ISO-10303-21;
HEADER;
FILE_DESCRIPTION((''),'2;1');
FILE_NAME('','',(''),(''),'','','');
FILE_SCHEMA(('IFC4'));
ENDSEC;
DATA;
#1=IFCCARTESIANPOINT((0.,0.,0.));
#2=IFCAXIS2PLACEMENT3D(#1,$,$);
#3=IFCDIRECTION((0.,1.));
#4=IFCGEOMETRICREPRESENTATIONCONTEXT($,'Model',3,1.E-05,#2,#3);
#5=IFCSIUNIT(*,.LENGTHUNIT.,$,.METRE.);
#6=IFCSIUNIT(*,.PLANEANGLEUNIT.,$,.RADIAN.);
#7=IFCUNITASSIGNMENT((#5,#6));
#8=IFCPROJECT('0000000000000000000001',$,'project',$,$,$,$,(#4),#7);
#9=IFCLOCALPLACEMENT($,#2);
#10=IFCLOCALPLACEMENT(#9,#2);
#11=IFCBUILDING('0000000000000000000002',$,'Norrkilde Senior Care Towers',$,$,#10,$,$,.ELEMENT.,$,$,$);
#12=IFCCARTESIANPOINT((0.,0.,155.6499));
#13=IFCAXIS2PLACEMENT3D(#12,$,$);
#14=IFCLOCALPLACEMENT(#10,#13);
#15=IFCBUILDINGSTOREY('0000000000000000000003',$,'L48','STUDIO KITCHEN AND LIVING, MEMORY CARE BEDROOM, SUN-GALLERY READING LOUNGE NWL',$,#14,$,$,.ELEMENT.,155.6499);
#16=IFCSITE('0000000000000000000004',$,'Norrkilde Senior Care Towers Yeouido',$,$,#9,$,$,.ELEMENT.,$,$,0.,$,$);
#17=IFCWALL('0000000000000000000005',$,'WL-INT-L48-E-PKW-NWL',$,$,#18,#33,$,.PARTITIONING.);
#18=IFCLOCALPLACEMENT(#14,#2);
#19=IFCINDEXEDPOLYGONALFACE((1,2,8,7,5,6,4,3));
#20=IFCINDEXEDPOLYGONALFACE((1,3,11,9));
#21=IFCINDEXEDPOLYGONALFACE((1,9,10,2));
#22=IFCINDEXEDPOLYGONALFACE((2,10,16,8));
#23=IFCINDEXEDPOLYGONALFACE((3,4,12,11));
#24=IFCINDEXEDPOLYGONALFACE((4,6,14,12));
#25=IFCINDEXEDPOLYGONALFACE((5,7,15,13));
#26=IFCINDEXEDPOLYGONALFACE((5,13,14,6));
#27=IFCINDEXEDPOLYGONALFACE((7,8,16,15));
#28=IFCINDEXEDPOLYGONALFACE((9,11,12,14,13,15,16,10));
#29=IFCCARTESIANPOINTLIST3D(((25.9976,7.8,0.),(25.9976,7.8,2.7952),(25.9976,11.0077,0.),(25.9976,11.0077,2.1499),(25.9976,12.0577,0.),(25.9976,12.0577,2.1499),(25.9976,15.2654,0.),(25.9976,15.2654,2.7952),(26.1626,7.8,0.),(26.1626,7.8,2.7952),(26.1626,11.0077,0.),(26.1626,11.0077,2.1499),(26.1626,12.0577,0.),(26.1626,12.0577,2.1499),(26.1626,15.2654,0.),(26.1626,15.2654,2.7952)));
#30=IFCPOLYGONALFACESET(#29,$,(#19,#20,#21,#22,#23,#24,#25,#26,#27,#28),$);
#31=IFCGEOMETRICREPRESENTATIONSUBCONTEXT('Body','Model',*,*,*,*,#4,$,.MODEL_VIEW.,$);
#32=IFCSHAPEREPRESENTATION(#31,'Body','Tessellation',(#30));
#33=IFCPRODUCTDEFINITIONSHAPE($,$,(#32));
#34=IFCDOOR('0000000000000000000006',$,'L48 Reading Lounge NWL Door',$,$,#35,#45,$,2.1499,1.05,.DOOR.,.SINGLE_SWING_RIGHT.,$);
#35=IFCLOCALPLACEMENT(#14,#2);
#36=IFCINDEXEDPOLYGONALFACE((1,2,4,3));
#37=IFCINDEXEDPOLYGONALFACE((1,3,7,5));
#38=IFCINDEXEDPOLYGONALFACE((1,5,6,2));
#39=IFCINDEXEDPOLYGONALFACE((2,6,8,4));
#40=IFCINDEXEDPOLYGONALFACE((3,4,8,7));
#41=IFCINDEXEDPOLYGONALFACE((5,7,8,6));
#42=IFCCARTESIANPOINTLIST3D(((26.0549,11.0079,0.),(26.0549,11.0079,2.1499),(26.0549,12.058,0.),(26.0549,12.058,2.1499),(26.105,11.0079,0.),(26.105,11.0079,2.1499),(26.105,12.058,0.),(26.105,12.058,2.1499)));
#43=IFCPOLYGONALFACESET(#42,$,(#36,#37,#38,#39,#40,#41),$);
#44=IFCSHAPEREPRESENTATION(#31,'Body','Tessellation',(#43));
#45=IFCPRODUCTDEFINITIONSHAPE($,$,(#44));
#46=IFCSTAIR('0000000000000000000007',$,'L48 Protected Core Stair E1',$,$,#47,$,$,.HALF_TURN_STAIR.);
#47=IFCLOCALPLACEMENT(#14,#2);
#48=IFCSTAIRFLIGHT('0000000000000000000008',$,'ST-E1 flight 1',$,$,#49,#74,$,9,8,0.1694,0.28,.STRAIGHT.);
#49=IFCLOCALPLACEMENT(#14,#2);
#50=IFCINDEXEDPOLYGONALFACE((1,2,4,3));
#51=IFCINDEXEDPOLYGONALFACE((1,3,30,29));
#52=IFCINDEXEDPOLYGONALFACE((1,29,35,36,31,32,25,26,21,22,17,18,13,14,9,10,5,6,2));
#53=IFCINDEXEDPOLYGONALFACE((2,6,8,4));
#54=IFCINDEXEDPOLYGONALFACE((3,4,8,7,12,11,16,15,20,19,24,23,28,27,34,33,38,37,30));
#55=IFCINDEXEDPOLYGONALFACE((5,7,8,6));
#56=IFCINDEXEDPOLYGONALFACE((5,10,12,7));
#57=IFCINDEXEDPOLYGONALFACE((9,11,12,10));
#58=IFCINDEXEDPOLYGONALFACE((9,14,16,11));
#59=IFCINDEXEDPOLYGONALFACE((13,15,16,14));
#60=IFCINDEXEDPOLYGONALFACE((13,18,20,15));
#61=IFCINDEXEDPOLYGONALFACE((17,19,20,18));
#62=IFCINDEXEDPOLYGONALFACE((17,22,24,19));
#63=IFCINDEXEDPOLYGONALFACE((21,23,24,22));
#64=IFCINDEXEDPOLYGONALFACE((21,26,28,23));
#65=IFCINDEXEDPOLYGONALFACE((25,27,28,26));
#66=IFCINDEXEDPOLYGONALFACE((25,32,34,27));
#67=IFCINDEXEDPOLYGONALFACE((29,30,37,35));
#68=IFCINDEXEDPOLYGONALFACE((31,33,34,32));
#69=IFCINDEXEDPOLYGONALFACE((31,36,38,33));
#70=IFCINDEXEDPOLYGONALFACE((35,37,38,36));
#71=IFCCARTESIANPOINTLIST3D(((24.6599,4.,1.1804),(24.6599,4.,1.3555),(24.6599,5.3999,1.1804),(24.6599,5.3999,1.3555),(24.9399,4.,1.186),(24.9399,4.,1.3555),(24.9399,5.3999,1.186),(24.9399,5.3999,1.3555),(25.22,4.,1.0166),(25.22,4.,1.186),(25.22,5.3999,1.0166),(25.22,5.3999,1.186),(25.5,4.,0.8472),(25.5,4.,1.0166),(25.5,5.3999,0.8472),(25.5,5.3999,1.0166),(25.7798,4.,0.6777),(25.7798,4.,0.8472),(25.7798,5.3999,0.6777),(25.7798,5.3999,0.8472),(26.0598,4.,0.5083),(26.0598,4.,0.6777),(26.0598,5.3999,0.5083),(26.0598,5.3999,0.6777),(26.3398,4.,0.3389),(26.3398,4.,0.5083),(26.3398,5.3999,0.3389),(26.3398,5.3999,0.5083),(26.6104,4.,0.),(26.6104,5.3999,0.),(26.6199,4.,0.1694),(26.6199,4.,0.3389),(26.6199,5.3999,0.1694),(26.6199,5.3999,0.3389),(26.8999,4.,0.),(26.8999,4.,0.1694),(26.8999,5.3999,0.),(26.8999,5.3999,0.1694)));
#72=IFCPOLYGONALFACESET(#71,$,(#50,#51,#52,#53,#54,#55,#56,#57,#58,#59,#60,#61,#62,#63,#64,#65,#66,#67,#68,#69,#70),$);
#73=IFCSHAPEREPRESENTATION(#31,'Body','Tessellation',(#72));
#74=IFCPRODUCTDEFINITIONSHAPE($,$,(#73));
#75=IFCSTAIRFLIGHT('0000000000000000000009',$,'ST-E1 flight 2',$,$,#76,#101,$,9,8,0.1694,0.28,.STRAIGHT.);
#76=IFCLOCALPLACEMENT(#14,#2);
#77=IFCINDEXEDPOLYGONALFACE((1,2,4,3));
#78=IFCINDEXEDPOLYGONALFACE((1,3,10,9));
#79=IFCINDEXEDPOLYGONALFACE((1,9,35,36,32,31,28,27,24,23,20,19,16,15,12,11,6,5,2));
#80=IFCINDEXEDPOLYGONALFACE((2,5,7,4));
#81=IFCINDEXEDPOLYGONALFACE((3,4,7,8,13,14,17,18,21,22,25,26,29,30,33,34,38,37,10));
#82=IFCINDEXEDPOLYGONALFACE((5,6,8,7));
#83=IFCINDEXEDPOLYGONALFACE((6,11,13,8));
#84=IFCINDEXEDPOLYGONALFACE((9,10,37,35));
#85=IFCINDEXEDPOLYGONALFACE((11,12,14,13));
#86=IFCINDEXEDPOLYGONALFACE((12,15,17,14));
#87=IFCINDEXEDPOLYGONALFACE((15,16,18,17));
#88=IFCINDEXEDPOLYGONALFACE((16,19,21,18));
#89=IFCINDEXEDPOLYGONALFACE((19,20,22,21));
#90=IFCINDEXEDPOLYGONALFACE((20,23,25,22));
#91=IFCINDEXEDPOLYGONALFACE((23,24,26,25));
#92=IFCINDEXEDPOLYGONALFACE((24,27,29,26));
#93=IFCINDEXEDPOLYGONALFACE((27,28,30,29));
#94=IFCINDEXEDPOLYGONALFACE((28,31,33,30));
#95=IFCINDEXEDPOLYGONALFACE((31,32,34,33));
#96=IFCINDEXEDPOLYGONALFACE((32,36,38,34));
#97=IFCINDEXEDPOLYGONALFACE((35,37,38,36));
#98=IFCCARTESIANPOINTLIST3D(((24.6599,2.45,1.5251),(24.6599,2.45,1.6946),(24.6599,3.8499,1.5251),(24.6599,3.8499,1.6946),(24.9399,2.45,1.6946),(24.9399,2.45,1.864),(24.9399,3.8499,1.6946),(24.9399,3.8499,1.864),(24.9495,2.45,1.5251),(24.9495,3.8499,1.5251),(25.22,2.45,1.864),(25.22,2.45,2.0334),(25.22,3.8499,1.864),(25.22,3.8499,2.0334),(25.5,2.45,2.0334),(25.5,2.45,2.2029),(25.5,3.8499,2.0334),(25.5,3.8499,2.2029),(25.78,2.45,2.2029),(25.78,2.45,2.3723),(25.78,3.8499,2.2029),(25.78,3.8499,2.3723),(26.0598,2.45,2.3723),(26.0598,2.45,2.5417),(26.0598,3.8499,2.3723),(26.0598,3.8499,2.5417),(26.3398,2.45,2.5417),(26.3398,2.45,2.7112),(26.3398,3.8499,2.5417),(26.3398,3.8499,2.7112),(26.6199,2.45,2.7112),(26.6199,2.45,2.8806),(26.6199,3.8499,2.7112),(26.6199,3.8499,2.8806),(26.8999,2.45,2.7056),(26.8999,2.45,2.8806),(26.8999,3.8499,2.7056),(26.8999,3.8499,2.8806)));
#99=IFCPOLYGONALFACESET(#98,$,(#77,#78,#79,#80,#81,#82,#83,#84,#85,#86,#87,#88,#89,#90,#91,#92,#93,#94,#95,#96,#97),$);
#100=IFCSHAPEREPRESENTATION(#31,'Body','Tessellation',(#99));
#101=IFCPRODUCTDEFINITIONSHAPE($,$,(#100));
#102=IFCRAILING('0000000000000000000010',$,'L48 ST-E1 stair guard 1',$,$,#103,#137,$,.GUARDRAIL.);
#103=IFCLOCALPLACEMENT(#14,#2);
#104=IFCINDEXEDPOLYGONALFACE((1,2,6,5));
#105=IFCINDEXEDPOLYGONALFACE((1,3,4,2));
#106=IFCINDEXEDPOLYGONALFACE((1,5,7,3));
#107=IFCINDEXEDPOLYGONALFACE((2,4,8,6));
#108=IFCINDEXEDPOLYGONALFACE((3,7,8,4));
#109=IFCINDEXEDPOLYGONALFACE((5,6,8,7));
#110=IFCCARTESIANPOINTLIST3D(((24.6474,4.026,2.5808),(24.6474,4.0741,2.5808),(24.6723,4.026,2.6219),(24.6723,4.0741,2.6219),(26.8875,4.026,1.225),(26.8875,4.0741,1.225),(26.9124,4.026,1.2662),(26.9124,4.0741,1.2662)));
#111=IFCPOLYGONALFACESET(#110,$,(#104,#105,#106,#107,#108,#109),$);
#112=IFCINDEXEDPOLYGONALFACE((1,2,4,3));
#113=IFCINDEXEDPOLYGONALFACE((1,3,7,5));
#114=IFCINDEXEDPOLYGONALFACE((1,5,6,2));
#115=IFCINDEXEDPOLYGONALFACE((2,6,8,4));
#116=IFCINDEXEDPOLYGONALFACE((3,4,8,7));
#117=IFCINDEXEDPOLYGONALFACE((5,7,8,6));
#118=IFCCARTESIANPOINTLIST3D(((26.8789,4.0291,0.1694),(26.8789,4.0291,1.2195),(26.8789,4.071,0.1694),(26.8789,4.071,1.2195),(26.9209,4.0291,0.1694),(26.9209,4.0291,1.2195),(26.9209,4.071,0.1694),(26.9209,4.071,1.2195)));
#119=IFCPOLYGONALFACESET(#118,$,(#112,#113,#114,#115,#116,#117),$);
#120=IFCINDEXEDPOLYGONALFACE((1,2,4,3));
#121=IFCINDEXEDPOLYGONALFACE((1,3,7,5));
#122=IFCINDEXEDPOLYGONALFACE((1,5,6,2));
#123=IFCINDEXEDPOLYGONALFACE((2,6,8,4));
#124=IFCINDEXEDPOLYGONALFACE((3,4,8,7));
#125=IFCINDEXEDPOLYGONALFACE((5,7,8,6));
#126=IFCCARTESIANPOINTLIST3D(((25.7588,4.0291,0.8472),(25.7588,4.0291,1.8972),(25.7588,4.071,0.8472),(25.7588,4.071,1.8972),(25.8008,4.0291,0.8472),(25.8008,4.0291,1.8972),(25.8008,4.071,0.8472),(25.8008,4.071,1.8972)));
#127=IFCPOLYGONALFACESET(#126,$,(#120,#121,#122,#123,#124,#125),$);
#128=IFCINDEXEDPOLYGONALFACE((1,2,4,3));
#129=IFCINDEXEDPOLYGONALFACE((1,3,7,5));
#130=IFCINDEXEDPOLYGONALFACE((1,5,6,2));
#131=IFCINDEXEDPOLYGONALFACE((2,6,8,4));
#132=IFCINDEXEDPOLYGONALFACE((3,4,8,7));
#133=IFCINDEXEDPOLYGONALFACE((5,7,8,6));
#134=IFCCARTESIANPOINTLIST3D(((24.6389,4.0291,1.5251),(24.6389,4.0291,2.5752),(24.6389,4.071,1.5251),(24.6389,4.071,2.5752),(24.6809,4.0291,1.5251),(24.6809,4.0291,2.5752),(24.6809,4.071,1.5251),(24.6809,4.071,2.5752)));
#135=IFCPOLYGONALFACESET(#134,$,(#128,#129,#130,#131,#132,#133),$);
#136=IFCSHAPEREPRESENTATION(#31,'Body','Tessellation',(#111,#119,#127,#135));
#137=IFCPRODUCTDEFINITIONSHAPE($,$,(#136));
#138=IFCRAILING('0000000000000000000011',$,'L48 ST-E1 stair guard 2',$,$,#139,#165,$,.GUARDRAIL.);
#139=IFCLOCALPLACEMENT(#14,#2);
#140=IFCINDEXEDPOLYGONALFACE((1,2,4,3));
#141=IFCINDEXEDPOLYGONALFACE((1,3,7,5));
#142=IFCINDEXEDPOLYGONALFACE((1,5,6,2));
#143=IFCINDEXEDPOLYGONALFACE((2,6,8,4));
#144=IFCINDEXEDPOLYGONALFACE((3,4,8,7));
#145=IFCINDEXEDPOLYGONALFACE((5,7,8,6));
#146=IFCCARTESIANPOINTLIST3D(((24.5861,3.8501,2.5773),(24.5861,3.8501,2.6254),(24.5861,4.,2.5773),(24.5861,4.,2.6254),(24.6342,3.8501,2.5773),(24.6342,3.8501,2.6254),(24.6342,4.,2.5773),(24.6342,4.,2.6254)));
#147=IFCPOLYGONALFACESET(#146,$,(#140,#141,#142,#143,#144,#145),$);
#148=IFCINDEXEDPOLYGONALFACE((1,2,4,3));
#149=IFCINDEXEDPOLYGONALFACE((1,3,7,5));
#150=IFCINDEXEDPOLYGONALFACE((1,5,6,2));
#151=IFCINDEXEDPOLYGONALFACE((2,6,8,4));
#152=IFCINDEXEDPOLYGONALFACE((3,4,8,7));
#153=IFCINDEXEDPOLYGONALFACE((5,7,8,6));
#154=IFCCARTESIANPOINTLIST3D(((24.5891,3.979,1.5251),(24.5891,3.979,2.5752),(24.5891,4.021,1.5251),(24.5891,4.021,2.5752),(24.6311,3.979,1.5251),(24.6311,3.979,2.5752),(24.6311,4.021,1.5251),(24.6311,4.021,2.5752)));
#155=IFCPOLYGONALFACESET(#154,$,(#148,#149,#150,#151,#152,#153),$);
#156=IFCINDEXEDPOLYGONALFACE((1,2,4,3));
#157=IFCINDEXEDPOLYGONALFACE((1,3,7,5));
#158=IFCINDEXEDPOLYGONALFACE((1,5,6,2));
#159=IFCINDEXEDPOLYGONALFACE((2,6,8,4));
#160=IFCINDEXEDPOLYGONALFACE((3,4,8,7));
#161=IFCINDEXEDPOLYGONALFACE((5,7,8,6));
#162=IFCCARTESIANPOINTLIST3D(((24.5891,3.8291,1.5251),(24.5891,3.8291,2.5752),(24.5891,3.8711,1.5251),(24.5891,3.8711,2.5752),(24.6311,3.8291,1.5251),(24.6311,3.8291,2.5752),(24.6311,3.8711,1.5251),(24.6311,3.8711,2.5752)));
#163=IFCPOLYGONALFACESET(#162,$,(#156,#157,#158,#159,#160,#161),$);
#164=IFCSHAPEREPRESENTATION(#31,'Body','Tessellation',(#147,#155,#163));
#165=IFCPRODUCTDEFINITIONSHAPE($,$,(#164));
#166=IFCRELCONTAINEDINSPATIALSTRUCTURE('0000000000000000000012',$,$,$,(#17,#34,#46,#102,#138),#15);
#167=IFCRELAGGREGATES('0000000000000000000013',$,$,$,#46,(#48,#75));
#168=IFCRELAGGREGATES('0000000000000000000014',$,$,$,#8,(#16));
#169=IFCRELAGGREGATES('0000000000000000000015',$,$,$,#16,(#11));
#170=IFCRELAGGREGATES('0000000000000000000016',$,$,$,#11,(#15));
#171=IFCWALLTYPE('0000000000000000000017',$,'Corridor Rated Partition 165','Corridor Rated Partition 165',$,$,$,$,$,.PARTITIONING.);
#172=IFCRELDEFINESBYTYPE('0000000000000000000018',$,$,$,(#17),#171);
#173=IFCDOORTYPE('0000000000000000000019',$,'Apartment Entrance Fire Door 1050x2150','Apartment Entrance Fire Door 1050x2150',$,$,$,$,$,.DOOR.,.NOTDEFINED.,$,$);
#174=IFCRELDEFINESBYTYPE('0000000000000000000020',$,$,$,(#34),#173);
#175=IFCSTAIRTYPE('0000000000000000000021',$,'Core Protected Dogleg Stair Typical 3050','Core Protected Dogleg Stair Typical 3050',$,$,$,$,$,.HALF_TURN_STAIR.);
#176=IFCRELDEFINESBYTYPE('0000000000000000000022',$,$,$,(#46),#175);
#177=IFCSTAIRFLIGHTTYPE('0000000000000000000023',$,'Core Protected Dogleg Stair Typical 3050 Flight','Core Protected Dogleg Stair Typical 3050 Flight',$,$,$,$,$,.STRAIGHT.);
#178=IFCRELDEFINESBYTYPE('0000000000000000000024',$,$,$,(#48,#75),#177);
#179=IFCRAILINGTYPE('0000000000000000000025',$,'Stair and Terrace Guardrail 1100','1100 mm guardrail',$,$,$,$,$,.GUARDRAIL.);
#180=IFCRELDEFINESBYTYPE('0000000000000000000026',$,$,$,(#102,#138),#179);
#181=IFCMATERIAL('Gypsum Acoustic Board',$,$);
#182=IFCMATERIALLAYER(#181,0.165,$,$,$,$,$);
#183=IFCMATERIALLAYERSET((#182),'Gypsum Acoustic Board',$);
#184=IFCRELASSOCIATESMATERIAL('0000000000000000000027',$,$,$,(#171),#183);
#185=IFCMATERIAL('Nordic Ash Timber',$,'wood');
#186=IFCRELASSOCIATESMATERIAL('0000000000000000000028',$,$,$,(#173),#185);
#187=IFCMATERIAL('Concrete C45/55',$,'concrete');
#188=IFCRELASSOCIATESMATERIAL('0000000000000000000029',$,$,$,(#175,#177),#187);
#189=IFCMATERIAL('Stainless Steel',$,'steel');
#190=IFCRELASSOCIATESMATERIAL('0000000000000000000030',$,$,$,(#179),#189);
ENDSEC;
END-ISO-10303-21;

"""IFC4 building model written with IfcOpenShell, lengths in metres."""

from ifc_helpers import new_model, si_unit, direction, frame, frame_2d, origin, origin_2d, place, context, subcontext, project, spatial, polyline, rectangle, outline, extrude, source, transform, mapped, material, layer, layer_set, type_object, type_shapes, element, fill, aggregate, save


model = new_model("IFC4")

# Units and contexts
model_context = context("Model", 3, precision=1e-05, world=origin(), true_north=direction((0.0, 1.0)))
body_context = subcontext(model_context, "Body", "Model", "MODEL_VIEW")
ifc_project = project(units=[si_unit("LENGTHUNIT", "METRE"), si_unit("PLANEANGLEUNIT", "RADIAN")], contexts=[model_context])

# Site, building, storey
site_placement = place(None, origin())
site = spatial("IfcSite", under=ifc_project, at=site_placement, Name="Norrkilde Senior Care Towers Yeouido", CompositionType="ELEMENT", RefElevation=0.0)
building_placement = place(site_placement, origin())
building = spatial("IfcBuilding", under=site, at=building_placement, Name="Norrkilde Senior Care Towers", CompositionType="ELEMENT")
storey_placement = place(building_placement, frame((0.0, 0.0, 155.6499)))
storey = spatial("IfcBuildingStorey", under=building, at=storey_placement, Name="L48", Description="STUDIO KITCHEN AND LIVING, MEMORY CARE BEDROOM, SUN-GALLERY READING LOUNGE NWL", CompositionType="ELEMENT", Elevation=155.6499)

# Shared definitions
ifc_material_1 = material(Name="Concrete C45/55", Category="concrete")
ifc_material_2 = material(Name="Gypsum Acoustic Board")
ifc_layer_1 = layer(ifc_material_2, 0.165)
ifc_layer_set_1 = layer_set([ifc_layer_1], Name="Gypsum Acoustic Board")
wall_type_1 = type_object("IfcWallType", Name="Corridor Rated Partition 165", Description="Corridor Rated Partition 165", PredefinedType="PARTITIONING", material=ifc_layer_set_1)

# Wall, opening, door
shared_shape_1 = source(origin(), body_context, "Body", "SweptSolid", [
    extrude(rectangle(XDim=7.4653, YDim=0.165, at=frame_2d((3.7327, 0.0))), origin(), (0.0, 0.0, 1.0), 2.7952),
])
wall_1_placement = place(storey_placement, frame((26.0801, 7.8, 0.0), z_axis=(0.0, 0.0, 1.0), x_axis=(0.0, 1.0, 0.0)))
wall_1 = element("IfcWall", 1, at=wall_1_placement, inside=storey, type_object=wall_type_1, Name="WL-INT-L48-E-PKW-NWL", PredefinedType="PARTITIONING", context=body_context, shape_type="MappedRepresentation", body=[
    mapped(shared_shape_1, transform((0.0, 0.0, 0.0), x_axis=(1.0, 0.0, 0.0), y_axis=(0.0, 1.0, 0.0), z_axis=(0.0, 0.0, 1.0), scale=1.0)),
])
opening_placement = place(wall_1_placement, frame((3.2078, 0.0, 0.0)))
opening = element("IfcOpeningElement", 2, at=opening_placement, cuts=wall_1, PredefinedType="OPENING", context=body_context, shape_type="SweptSolid", body=[
    extrude(rectangle(XDim=1.05, YDim=2.1499, at=frame_2d((0.5249, 1.075))), frame((0.0, 0.0925, 0.0), z_axis=(0.0, -1.0, 0.0), x_axis=(1.0, 0.0, 0.0)), (0.0, 0.0, 1.0), 0.1851),
])
ifc_material_3 = material(Name="Nordic Ash Timber", Category="wood")
door_type = type_object("IfcDoorType", Name="Apartment Entrance Fire Door 1050x2150", Description="Apartment Entrance Fire Door 1050x2150", OperationType="NOTDEFINED", PredefinedType="DOOR", material=ifc_material_3)
shared_shape_2 = source(origin(), body_context, "Body", "SweptSolid", [
    extrude(rectangle(XDim=1.05, YDim=2.1499, at=frame_2d((0.5249, 1.075))), frame((0.0, 0.0249, 0.0), z_axis=(0.0, -1.0, 0.0), x_axis=(1.0, 0.0, 0.0)), (0.0, 0.0, 1.0), 0.05),
])
type_shapes(door_type, [shared_shape_2])
door_placement = place(opening_placement, frame((1.05, 0.0, 0.0), z_axis=(0.0, 0.0, 1.0), x_axis=(-1.0, 0.0, 0.0)))
door = element("IfcDoor", 3, at=door_placement, inside=storey, type_object=door_type, Name="L48 Reading Lounge NWL Door", OperationType="SINGLE_SWING_RIGHT", OverallHeight=2.1499, OverallWidth=1.05, PredefinedType="DOOR", context=body_context, shape_type="MappedRepresentation", body=[
    mapped(shared_shape_2, transform((0.0, 0.0, 0.0), x_axis=(1.0, 0.0, 0.0), y_axis=(0.0, 1.0, 0.0), z_axis=(0.0, 0.0, 1.0), scale=1.0)),
])
fill(opening, door)

# Stair, stair flights
stair_type = type_object("IfcStairType", Name="Core Protected Dogleg Stair Typical 3050", Description="Core Protected Dogleg Stair Typical 3050", PredefinedType="HALF_TURN_STAIR", material=ifc_material_1)
stair_placement = place(storey_placement, origin())
stair = element("IfcStair", 4, at=stair_placement, inside=storey, type_object=stair_type, Name="L48 Protected Core Stair E1", PredefinedType="HALF_TURN_STAIR")
stair_flight_type = type_object("IfcStairFlightType", Name="Core Protected Dogleg Stair Typical 3050 Flight", Description="Core Protected Dogleg Stair Typical 3050 Flight", PredefinedType="STRAIGHT", material=ifc_material_1)
stair_flight_1_placement = place(storey_placement, frame((26.8999, 4.7, 0.0), z_axis=(0.0, 0.0, 1.0), x_axis=(-1.0, 0.0, 0.0)))
stair_flight_1 = element("IfcStairFlight", 5, at=stair_flight_1_placement, type_object=stair_flight_type, Name="ST-E1 flight 1", NumberOfRisers=9, NumberOfTreads=8, PredefinedType="STRAIGHT", RiserHeight=0.1694, TreadLength=0.28, context=body_context, shape_type="SweptSolid", body=[
    extrude(outline(polyline([(0.0, 0.0), (0.0, 0.1694), (0.28, 0.1694), (0.28, 0.3389), (0.5601, 0.3389), (0.5601, 0.5083), (0.8401, 0.5083), (0.8401, 0.6777), (1.1201, 0.6777), (1.1201, 0.8472), (1.3999, 0.8472), (1.3999, 1.0166), (1.6799, 1.0166), (1.6799, 1.186), (1.96, 1.186), (1.96, 1.3555), (2.24, 1.3555), (2.24, 1.5249), (2.24, 1.1804), (0.2896, 0.0), (0.0, 0.0)])), frame((0.0, 0.7, 0.0), z_axis=(0.0, -1.0, 0.0), x_axis=(1.0, 0.0, 0.0)), (0.0, 0.0, 1.0), 1.3999),
])
stair_flight_2_placement = place(storey_placement, frame((24.6599, 3.1499, 1.5251), z_axis=(0.0, 0.0, 1.0), x_axis=(1.0, 0.0, 0.0)))
stair_flight_2 = element("IfcStairFlight", 6, at=stair_flight_2_placement, type_object=stair_flight_type, Name="ST-E1 flight 2", NumberOfRisers=9, NumberOfTreads=8, PredefinedType="STRAIGHT", RiserHeight=0.1694, TreadLength=0.28, context=body_context, shape_type="SweptSolid", body=[
    extrude(outline(polyline([(0.0, 0.0), (0.0, 0.1694), (0.28, 0.1694), (0.28, 0.3389), (0.5601, 0.3389), (0.5601, 0.5083), (0.8401, 0.5083), (0.8401, 0.6777), (1.1201, 0.6777), (1.1201, 0.8472), (1.3999, 0.8472), (1.3999, 1.0166), (1.6799, 1.0166), (1.6799, 1.186), (1.96, 1.186), (1.96, 1.3555), (2.24, 1.3555), (2.24, 1.5249), (2.24, 1.1804), (0.2896, 0.0), (0.0, 0.0)])), frame((0.0, 0.7, 0.0), z_axis=(0.0, -1.0, 0.0), x_axis=(1.0, 0.0, 0.0)), (0.0, 0.0, 1.0), 1.3999),
])
aggregate(stair, [stair_flight_1, stair_flight_2])

# Railings
ifc_material_4 = material(Name="Stainless Steel", Category="steel")
railing_type_1 = type_object("IfcRailingType", Name="Stair and Terrace Guardrail 1100", Description="1100 mm guardrail", PredefinedType="GUARDRAIL", material=ifc_material_4)
railing_1_placement = place(storey_placement, frame((26.8999, 4.05, 0.1694)))
element("IfcRailing", 7, at=railing_1_placement, inside=storey, type_object=railing_type_1, Name="L48 ST-E1 stair guard 1", PredefinedType="GUARDRAIL", context=body_context, shape_type="SweptSolid", body=[
    extrude(rectangle(XDim=0.0481, YDim=0.0481, at=origin_2d()), frame((0.0, 0.0, 1.0762), z_axis=(-0.855512, 0.0, 0.517783), x_axis=(0.0, -1.0, 0.0)), (0.0, 0.0, 1.0), 2.6184),
    extrude(rectangle(XDim=0.042, YDim=0.042, at=origin_2d()), origin(), (0.0, 0.0, 1.0), 1.05),
    extrude(rectangle(XDim=0.042, YDim=0.042, at=origin_2d()), frame((-1.1201, 0.0, 0.6777)), (0.0, 0.0, 1.0), 1.05),
    extrude(rectangle(XDim=0.042, YDim=0.042, at=origin_2d()), frame((-2.24, 0.0, 1.3557)), (0.0, 0.0, 1.0), 1.05),
])
railing_2_placement = place(storey_placement, frame((24.6101, 4.0, 1.5251)))
element("IfcRailing", 8, at=railing_2_placement, inside=storey, type_object=railing_type_1, Name="L48 ST-E1 stair guard 2", PredefinedType="GUARDRAIL", context=body_context, shape_type="SweptSolid", body=[
    extrude(rectangle(XDim=0.0481, YDim=0.0481, at=origin_2d()), frame((0.0, 0.0, 1.0762), z_axis=(0.0, -1.0, 0.0), x_axis=(1.0, 0.0, 0.0)), (0.0, 0.0, 1.0), 0.1499),
    extrude(rectangle(XDim=0.042, YDim=0.042, at=origin_2d()), origin(), (0.0, 0.0, 1.0), 1.05),
    extrude(rectangle(XDim=0.042, YDim=0.042, at=origin_2d()), frame((0.0, -0.1499, 0.0)), (0.0, 0.0, 1.0), 1.05),
])

save(model, "model.ifc")
